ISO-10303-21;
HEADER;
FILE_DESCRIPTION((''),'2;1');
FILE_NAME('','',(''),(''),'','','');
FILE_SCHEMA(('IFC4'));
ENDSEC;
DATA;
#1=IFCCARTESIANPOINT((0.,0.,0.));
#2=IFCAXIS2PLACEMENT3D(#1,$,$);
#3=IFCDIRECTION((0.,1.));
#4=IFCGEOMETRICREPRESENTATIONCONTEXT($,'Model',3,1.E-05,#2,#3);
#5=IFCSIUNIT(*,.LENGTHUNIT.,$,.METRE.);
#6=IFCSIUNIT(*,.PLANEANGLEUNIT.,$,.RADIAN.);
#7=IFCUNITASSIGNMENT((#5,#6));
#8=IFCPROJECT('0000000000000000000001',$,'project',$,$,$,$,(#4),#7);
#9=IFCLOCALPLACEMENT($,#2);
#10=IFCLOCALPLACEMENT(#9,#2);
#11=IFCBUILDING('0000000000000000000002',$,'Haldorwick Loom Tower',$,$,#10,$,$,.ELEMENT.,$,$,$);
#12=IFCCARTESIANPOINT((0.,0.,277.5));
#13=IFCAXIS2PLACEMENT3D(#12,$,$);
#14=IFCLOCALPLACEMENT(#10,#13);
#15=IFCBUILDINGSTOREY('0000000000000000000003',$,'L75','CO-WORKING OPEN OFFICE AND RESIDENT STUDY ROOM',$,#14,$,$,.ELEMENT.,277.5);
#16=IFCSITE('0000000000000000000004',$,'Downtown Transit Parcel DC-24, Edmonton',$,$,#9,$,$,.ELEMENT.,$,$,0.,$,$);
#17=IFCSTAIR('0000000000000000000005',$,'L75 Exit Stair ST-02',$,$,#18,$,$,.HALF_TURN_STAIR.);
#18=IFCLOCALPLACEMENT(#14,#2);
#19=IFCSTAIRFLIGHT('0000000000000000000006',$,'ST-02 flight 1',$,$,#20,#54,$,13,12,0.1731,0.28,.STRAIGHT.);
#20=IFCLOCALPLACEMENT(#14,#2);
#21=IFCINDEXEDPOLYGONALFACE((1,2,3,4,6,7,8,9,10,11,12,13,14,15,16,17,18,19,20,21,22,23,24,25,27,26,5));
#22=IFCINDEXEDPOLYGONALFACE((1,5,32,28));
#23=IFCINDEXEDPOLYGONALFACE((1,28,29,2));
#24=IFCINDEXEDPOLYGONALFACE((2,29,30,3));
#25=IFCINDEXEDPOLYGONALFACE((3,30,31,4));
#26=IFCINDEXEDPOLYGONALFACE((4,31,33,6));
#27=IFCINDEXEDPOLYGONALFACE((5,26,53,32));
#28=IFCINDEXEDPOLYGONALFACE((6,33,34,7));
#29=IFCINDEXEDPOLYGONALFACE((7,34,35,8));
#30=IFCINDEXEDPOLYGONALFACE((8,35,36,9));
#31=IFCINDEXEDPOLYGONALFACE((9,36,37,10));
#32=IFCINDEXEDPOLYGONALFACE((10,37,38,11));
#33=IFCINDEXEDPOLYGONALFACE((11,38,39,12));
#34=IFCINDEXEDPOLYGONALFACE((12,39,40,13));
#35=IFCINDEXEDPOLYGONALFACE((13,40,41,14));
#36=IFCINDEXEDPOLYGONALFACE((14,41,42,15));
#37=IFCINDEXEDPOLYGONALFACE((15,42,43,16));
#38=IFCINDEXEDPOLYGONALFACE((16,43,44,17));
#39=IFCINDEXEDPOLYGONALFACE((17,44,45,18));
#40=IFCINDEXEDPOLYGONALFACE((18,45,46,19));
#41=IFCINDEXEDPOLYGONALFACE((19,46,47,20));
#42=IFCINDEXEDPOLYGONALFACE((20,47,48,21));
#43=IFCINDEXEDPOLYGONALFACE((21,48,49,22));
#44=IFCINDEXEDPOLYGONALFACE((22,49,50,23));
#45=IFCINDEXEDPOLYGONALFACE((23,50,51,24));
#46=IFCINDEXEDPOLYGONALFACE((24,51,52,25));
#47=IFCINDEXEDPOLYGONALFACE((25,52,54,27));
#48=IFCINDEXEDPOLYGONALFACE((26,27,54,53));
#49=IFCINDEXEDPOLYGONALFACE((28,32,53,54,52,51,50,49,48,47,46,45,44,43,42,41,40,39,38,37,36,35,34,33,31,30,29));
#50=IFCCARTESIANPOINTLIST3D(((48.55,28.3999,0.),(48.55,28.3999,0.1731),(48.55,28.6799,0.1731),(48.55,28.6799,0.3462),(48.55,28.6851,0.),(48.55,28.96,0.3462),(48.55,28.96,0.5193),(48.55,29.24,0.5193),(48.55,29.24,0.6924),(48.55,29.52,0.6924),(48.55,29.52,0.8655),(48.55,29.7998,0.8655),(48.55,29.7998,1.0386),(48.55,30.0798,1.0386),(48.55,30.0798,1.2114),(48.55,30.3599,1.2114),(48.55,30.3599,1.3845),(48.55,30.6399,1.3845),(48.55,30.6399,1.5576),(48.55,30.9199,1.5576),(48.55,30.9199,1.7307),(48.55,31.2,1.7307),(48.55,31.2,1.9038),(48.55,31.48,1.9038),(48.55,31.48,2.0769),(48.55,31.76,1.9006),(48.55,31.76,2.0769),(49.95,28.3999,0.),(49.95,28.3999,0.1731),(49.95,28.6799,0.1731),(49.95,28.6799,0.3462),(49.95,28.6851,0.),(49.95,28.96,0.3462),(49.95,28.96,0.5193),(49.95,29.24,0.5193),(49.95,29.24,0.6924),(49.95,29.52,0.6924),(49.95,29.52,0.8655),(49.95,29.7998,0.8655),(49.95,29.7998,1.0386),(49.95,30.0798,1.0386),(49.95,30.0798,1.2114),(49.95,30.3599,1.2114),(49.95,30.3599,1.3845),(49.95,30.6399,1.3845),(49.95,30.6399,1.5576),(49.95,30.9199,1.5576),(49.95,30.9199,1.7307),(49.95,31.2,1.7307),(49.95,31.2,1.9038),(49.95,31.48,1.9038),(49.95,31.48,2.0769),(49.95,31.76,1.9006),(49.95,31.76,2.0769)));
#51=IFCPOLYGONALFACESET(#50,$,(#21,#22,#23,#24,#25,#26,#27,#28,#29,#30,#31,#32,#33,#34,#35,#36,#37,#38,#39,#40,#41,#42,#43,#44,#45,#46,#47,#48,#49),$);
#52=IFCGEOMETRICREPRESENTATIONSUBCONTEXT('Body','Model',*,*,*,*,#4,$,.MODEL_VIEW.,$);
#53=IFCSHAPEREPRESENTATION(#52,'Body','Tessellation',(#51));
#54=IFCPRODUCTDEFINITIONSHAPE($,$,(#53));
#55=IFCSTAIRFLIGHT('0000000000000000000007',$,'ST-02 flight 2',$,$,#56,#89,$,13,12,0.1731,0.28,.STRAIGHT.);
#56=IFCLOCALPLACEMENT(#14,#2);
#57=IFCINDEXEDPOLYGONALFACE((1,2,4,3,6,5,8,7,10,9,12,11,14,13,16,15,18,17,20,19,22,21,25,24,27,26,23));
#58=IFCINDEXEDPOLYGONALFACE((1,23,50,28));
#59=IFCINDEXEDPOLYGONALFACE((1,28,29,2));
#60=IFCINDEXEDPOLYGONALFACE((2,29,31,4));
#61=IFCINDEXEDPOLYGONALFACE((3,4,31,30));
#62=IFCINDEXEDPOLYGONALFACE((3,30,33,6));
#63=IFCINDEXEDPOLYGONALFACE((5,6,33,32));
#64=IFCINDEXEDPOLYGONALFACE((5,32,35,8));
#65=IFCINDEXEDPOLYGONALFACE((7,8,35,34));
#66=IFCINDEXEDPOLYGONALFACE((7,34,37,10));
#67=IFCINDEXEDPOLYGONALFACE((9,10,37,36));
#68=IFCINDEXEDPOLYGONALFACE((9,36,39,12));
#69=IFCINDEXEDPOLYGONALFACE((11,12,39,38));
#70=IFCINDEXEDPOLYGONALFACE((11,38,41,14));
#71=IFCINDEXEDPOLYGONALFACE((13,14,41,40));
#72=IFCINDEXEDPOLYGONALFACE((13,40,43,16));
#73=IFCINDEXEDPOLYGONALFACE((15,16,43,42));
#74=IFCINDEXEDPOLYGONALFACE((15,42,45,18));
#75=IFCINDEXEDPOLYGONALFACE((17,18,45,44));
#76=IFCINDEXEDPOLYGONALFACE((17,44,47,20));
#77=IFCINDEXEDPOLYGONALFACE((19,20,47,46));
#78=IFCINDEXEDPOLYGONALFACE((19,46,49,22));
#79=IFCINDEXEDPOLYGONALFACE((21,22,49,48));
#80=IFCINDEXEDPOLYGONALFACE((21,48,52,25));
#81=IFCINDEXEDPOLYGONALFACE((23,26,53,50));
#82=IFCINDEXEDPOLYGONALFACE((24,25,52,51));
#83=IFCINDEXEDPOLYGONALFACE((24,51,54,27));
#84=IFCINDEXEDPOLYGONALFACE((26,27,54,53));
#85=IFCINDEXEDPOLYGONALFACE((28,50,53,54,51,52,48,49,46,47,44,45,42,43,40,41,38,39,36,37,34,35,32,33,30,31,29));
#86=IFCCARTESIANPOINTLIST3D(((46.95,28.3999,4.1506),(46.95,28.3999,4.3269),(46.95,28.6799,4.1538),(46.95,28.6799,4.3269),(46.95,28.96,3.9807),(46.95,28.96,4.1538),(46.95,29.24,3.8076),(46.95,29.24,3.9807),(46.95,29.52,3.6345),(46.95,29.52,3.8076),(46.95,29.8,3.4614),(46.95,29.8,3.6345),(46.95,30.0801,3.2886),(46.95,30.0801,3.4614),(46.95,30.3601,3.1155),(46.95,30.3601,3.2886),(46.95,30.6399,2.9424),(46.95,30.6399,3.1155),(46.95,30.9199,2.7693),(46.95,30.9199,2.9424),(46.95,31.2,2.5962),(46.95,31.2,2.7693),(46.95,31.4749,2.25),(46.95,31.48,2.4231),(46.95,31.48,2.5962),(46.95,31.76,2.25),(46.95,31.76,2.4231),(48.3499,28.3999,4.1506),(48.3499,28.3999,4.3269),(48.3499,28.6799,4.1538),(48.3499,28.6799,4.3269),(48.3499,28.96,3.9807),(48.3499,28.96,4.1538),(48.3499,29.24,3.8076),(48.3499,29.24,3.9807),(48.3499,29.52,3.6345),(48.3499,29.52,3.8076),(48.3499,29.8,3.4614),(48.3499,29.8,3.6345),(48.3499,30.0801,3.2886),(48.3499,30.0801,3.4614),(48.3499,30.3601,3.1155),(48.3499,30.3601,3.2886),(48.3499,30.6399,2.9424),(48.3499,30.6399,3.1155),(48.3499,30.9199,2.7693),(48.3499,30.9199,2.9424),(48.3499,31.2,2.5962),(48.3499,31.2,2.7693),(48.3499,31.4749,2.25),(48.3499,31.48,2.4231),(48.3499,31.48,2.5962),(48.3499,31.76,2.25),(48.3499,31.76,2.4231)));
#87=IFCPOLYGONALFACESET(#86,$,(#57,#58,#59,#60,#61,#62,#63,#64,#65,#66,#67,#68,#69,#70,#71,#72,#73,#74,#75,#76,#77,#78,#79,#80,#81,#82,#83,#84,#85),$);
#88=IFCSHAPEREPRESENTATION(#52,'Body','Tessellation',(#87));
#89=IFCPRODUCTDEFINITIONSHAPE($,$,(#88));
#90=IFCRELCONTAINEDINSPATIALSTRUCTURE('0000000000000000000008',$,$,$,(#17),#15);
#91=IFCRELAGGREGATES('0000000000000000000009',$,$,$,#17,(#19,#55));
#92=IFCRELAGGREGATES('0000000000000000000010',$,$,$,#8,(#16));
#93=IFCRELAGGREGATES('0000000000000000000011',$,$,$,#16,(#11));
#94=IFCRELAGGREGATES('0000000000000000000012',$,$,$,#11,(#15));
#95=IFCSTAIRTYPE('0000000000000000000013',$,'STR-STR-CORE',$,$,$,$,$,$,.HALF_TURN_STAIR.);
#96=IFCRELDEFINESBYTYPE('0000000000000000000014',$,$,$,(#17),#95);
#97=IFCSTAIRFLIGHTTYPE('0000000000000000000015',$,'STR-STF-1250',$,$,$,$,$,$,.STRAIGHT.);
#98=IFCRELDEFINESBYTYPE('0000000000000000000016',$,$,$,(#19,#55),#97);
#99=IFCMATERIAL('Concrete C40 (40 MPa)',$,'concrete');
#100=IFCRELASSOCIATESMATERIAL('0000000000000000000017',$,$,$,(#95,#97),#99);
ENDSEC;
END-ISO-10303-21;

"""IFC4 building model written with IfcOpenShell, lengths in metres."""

from ifc_helpers import new_model, si_unit, direction, frame, origin, place, context, subcontext, project, spatial, polyline, outline, extrude, material, type_object, element, aggregate, save


model = new_model("IFC4")

# Units and contexts
model_context = context("Model", 3, precision=1e-05, world=origin(), true_north=direction((0.0, 1.0)))
body_context = subcontext(model_context, "Body", "Model", "MODEL_VIEW")
ifc_project = project(units=[si_unit("LENGTHUNIT", "METRE"), si_unit("PLANEANGLEUNIT", "RADIAN")], contexts=[model_context])

# Site, building, storey
site_placement = place(None, origin())
site = spatial("IfcSite", under=ifc_project, at=site_placement, Name="Downtown Transit Parcel DC-24, Edmonton", CompositionType="ELEMENT", RefElevation=0.0)
building_placement = place(site_placement, origin())
building = spatial("IfcBuilding", under=site, at=building_placement, Name="Haldorwick Loom Tower", CompositionType="ELEMENT")
storey_placement = place(building_placement, frame((0.0, 0.0, 277.5)))
storey = spatial("IfcBuildingStorey", under=building, at=storey_placement, Name="L75", Description="CO-WORKING OPEN OFFICE AND RESIDENT STUDY ROOM", CompositionType="ELEMENT", Elevation=277.5)

# Stair, stair flights
ifc_material_1 = material(Name="Concrete C40 (40 MPa)", Category="concrete")
stair_type = type_object("IfcStairType", Name="STR-STR-CORE", PredefinedType="HALF_TURN_STAIR", material=ifc_material_1)
stair_placement = place(storey_placement, origin())
stair = element("IfcStair", 1, at=stair_placement, inside=storey, type_object=stair_type, Name="L75 Exit Stair ST-02", PredefinedType="HALF_TURN_STAIR")
stair_flight_type = type_object("IfcStairFlightType", Name="STR-STF-1250", PredefinedType="STRAIGHT", material=ifc_material_1)
stair_flight_1_placement = place(storey_placement, frame((49.25, 28.3999, 0.0), z_axis=(0.0, 0.0, 1.0), x_axis=(0.0, 1.0, 0.0)))
stair_flight_1 = element("IfcStairFlight", 2, at=stair_flight_1_placement, type_object=stair_flight_type, Name="ST-02 flight 1", NumberOfRisers=13, NumberOfTreads=12, PredefinedType="STRAIGHT", RiserHeight=0.1731, TreadLength=0.28, context=body_context, shape_type="SweptSolid", body=[
    extrude(outline(polyline([(0.0, 0.0), (0.0, 0.1731), (0.28, 0.1731), (0.28, 0.3462), (0.5601, 0.3462), (0.5601, 0.5193), (0.8401, 0.5193), (0.8401, 0.6924), (1.1201, 0.6924), (1.1201, 0.8655), (1.3999, 0.8655), (1.3999, 1.0386), (1.6799, 1.0386), (1.6799, 1.2114), (1.96, 1.2114), (1.96, 1.3845), (2.24, 1.3845), (2.24, 1.5576), (2.52, 1.5576), (2.52, 1.7307), (2.8, 1.7307), (2.8, 1.9038), (3.0801, 1.9038), (3.0801, 2.0769), (3.3601, 2.0769), (3.3601, 2.25), (3.3601, 1.9006), (0.2852, 0.0), (0.0, 0.0)])), frame((0.0, 0.7, 0.0), z_axis=(0.0, -1.0, 0.0), x_axis=(1.0, 0.0, 0.0)), (0.0, 0.0, 1.0), 1.3999),
])
stair_flight_2_placement = place(storey_placement, frame((47.6499, 31.76, 2.25), z_axis=(0.0, 0.0, 1.0), x_axis=(0.0, -1.0, 0.0)))
stair_flight_2 = element("IfcStairFlight", 3, at=stair_flight_2_placement, type_object=stair_flight_type, Name="ST-02 flight 2", NumberOfRisers=13, NumberOfTreads=12, PredefinedType="STRAIGHT", RiserHeight=0.1731, TreadLength=0.28, context=body_context, shape_type="SweptSolid", body=[
    extrude(outline(polyline([(0.0, 0.0), (0.0, 0.1731), (0.28, 0.1731), (0.28, 0.3462), (0.5601, 0.3462), (0.5601, 0.5193), (0.8401, 0.5193), (0.8401, 0.6924), (1.1201, 0.6924), (1.1201, 0.8655), (1.3999, 0.8655), (1.3999, 1.0386), (1.6799, 1.0386), (1.6799, 1.2114), (1.96, 1.2114), (1.96, 1.3845), (2.24, 1.3845), (2.24, 1.5576), (2.52, 1.5576), (2.52, 1.7307), (2.8, 1.7307), (2.8, 1.9038), (3.0801, 1.9038), (3.0801, 2.0769), (3.3601, 2.0769), (3.3601, 2.25), (3.3601, 1.9006), (0.2852, 0.0), (0.0, 0.0)])), frame((0.0, 0.7, 0.0), z_axis=(0.0, -1.0, 0.0), x_axis=(1.0, 0.0, 0.0)), (0.0, 0.0, 1.0), 1.3999),
])
aggregate(stair, [stair_flight_1, stair_flight_2])

save(model, "model.ifc")
